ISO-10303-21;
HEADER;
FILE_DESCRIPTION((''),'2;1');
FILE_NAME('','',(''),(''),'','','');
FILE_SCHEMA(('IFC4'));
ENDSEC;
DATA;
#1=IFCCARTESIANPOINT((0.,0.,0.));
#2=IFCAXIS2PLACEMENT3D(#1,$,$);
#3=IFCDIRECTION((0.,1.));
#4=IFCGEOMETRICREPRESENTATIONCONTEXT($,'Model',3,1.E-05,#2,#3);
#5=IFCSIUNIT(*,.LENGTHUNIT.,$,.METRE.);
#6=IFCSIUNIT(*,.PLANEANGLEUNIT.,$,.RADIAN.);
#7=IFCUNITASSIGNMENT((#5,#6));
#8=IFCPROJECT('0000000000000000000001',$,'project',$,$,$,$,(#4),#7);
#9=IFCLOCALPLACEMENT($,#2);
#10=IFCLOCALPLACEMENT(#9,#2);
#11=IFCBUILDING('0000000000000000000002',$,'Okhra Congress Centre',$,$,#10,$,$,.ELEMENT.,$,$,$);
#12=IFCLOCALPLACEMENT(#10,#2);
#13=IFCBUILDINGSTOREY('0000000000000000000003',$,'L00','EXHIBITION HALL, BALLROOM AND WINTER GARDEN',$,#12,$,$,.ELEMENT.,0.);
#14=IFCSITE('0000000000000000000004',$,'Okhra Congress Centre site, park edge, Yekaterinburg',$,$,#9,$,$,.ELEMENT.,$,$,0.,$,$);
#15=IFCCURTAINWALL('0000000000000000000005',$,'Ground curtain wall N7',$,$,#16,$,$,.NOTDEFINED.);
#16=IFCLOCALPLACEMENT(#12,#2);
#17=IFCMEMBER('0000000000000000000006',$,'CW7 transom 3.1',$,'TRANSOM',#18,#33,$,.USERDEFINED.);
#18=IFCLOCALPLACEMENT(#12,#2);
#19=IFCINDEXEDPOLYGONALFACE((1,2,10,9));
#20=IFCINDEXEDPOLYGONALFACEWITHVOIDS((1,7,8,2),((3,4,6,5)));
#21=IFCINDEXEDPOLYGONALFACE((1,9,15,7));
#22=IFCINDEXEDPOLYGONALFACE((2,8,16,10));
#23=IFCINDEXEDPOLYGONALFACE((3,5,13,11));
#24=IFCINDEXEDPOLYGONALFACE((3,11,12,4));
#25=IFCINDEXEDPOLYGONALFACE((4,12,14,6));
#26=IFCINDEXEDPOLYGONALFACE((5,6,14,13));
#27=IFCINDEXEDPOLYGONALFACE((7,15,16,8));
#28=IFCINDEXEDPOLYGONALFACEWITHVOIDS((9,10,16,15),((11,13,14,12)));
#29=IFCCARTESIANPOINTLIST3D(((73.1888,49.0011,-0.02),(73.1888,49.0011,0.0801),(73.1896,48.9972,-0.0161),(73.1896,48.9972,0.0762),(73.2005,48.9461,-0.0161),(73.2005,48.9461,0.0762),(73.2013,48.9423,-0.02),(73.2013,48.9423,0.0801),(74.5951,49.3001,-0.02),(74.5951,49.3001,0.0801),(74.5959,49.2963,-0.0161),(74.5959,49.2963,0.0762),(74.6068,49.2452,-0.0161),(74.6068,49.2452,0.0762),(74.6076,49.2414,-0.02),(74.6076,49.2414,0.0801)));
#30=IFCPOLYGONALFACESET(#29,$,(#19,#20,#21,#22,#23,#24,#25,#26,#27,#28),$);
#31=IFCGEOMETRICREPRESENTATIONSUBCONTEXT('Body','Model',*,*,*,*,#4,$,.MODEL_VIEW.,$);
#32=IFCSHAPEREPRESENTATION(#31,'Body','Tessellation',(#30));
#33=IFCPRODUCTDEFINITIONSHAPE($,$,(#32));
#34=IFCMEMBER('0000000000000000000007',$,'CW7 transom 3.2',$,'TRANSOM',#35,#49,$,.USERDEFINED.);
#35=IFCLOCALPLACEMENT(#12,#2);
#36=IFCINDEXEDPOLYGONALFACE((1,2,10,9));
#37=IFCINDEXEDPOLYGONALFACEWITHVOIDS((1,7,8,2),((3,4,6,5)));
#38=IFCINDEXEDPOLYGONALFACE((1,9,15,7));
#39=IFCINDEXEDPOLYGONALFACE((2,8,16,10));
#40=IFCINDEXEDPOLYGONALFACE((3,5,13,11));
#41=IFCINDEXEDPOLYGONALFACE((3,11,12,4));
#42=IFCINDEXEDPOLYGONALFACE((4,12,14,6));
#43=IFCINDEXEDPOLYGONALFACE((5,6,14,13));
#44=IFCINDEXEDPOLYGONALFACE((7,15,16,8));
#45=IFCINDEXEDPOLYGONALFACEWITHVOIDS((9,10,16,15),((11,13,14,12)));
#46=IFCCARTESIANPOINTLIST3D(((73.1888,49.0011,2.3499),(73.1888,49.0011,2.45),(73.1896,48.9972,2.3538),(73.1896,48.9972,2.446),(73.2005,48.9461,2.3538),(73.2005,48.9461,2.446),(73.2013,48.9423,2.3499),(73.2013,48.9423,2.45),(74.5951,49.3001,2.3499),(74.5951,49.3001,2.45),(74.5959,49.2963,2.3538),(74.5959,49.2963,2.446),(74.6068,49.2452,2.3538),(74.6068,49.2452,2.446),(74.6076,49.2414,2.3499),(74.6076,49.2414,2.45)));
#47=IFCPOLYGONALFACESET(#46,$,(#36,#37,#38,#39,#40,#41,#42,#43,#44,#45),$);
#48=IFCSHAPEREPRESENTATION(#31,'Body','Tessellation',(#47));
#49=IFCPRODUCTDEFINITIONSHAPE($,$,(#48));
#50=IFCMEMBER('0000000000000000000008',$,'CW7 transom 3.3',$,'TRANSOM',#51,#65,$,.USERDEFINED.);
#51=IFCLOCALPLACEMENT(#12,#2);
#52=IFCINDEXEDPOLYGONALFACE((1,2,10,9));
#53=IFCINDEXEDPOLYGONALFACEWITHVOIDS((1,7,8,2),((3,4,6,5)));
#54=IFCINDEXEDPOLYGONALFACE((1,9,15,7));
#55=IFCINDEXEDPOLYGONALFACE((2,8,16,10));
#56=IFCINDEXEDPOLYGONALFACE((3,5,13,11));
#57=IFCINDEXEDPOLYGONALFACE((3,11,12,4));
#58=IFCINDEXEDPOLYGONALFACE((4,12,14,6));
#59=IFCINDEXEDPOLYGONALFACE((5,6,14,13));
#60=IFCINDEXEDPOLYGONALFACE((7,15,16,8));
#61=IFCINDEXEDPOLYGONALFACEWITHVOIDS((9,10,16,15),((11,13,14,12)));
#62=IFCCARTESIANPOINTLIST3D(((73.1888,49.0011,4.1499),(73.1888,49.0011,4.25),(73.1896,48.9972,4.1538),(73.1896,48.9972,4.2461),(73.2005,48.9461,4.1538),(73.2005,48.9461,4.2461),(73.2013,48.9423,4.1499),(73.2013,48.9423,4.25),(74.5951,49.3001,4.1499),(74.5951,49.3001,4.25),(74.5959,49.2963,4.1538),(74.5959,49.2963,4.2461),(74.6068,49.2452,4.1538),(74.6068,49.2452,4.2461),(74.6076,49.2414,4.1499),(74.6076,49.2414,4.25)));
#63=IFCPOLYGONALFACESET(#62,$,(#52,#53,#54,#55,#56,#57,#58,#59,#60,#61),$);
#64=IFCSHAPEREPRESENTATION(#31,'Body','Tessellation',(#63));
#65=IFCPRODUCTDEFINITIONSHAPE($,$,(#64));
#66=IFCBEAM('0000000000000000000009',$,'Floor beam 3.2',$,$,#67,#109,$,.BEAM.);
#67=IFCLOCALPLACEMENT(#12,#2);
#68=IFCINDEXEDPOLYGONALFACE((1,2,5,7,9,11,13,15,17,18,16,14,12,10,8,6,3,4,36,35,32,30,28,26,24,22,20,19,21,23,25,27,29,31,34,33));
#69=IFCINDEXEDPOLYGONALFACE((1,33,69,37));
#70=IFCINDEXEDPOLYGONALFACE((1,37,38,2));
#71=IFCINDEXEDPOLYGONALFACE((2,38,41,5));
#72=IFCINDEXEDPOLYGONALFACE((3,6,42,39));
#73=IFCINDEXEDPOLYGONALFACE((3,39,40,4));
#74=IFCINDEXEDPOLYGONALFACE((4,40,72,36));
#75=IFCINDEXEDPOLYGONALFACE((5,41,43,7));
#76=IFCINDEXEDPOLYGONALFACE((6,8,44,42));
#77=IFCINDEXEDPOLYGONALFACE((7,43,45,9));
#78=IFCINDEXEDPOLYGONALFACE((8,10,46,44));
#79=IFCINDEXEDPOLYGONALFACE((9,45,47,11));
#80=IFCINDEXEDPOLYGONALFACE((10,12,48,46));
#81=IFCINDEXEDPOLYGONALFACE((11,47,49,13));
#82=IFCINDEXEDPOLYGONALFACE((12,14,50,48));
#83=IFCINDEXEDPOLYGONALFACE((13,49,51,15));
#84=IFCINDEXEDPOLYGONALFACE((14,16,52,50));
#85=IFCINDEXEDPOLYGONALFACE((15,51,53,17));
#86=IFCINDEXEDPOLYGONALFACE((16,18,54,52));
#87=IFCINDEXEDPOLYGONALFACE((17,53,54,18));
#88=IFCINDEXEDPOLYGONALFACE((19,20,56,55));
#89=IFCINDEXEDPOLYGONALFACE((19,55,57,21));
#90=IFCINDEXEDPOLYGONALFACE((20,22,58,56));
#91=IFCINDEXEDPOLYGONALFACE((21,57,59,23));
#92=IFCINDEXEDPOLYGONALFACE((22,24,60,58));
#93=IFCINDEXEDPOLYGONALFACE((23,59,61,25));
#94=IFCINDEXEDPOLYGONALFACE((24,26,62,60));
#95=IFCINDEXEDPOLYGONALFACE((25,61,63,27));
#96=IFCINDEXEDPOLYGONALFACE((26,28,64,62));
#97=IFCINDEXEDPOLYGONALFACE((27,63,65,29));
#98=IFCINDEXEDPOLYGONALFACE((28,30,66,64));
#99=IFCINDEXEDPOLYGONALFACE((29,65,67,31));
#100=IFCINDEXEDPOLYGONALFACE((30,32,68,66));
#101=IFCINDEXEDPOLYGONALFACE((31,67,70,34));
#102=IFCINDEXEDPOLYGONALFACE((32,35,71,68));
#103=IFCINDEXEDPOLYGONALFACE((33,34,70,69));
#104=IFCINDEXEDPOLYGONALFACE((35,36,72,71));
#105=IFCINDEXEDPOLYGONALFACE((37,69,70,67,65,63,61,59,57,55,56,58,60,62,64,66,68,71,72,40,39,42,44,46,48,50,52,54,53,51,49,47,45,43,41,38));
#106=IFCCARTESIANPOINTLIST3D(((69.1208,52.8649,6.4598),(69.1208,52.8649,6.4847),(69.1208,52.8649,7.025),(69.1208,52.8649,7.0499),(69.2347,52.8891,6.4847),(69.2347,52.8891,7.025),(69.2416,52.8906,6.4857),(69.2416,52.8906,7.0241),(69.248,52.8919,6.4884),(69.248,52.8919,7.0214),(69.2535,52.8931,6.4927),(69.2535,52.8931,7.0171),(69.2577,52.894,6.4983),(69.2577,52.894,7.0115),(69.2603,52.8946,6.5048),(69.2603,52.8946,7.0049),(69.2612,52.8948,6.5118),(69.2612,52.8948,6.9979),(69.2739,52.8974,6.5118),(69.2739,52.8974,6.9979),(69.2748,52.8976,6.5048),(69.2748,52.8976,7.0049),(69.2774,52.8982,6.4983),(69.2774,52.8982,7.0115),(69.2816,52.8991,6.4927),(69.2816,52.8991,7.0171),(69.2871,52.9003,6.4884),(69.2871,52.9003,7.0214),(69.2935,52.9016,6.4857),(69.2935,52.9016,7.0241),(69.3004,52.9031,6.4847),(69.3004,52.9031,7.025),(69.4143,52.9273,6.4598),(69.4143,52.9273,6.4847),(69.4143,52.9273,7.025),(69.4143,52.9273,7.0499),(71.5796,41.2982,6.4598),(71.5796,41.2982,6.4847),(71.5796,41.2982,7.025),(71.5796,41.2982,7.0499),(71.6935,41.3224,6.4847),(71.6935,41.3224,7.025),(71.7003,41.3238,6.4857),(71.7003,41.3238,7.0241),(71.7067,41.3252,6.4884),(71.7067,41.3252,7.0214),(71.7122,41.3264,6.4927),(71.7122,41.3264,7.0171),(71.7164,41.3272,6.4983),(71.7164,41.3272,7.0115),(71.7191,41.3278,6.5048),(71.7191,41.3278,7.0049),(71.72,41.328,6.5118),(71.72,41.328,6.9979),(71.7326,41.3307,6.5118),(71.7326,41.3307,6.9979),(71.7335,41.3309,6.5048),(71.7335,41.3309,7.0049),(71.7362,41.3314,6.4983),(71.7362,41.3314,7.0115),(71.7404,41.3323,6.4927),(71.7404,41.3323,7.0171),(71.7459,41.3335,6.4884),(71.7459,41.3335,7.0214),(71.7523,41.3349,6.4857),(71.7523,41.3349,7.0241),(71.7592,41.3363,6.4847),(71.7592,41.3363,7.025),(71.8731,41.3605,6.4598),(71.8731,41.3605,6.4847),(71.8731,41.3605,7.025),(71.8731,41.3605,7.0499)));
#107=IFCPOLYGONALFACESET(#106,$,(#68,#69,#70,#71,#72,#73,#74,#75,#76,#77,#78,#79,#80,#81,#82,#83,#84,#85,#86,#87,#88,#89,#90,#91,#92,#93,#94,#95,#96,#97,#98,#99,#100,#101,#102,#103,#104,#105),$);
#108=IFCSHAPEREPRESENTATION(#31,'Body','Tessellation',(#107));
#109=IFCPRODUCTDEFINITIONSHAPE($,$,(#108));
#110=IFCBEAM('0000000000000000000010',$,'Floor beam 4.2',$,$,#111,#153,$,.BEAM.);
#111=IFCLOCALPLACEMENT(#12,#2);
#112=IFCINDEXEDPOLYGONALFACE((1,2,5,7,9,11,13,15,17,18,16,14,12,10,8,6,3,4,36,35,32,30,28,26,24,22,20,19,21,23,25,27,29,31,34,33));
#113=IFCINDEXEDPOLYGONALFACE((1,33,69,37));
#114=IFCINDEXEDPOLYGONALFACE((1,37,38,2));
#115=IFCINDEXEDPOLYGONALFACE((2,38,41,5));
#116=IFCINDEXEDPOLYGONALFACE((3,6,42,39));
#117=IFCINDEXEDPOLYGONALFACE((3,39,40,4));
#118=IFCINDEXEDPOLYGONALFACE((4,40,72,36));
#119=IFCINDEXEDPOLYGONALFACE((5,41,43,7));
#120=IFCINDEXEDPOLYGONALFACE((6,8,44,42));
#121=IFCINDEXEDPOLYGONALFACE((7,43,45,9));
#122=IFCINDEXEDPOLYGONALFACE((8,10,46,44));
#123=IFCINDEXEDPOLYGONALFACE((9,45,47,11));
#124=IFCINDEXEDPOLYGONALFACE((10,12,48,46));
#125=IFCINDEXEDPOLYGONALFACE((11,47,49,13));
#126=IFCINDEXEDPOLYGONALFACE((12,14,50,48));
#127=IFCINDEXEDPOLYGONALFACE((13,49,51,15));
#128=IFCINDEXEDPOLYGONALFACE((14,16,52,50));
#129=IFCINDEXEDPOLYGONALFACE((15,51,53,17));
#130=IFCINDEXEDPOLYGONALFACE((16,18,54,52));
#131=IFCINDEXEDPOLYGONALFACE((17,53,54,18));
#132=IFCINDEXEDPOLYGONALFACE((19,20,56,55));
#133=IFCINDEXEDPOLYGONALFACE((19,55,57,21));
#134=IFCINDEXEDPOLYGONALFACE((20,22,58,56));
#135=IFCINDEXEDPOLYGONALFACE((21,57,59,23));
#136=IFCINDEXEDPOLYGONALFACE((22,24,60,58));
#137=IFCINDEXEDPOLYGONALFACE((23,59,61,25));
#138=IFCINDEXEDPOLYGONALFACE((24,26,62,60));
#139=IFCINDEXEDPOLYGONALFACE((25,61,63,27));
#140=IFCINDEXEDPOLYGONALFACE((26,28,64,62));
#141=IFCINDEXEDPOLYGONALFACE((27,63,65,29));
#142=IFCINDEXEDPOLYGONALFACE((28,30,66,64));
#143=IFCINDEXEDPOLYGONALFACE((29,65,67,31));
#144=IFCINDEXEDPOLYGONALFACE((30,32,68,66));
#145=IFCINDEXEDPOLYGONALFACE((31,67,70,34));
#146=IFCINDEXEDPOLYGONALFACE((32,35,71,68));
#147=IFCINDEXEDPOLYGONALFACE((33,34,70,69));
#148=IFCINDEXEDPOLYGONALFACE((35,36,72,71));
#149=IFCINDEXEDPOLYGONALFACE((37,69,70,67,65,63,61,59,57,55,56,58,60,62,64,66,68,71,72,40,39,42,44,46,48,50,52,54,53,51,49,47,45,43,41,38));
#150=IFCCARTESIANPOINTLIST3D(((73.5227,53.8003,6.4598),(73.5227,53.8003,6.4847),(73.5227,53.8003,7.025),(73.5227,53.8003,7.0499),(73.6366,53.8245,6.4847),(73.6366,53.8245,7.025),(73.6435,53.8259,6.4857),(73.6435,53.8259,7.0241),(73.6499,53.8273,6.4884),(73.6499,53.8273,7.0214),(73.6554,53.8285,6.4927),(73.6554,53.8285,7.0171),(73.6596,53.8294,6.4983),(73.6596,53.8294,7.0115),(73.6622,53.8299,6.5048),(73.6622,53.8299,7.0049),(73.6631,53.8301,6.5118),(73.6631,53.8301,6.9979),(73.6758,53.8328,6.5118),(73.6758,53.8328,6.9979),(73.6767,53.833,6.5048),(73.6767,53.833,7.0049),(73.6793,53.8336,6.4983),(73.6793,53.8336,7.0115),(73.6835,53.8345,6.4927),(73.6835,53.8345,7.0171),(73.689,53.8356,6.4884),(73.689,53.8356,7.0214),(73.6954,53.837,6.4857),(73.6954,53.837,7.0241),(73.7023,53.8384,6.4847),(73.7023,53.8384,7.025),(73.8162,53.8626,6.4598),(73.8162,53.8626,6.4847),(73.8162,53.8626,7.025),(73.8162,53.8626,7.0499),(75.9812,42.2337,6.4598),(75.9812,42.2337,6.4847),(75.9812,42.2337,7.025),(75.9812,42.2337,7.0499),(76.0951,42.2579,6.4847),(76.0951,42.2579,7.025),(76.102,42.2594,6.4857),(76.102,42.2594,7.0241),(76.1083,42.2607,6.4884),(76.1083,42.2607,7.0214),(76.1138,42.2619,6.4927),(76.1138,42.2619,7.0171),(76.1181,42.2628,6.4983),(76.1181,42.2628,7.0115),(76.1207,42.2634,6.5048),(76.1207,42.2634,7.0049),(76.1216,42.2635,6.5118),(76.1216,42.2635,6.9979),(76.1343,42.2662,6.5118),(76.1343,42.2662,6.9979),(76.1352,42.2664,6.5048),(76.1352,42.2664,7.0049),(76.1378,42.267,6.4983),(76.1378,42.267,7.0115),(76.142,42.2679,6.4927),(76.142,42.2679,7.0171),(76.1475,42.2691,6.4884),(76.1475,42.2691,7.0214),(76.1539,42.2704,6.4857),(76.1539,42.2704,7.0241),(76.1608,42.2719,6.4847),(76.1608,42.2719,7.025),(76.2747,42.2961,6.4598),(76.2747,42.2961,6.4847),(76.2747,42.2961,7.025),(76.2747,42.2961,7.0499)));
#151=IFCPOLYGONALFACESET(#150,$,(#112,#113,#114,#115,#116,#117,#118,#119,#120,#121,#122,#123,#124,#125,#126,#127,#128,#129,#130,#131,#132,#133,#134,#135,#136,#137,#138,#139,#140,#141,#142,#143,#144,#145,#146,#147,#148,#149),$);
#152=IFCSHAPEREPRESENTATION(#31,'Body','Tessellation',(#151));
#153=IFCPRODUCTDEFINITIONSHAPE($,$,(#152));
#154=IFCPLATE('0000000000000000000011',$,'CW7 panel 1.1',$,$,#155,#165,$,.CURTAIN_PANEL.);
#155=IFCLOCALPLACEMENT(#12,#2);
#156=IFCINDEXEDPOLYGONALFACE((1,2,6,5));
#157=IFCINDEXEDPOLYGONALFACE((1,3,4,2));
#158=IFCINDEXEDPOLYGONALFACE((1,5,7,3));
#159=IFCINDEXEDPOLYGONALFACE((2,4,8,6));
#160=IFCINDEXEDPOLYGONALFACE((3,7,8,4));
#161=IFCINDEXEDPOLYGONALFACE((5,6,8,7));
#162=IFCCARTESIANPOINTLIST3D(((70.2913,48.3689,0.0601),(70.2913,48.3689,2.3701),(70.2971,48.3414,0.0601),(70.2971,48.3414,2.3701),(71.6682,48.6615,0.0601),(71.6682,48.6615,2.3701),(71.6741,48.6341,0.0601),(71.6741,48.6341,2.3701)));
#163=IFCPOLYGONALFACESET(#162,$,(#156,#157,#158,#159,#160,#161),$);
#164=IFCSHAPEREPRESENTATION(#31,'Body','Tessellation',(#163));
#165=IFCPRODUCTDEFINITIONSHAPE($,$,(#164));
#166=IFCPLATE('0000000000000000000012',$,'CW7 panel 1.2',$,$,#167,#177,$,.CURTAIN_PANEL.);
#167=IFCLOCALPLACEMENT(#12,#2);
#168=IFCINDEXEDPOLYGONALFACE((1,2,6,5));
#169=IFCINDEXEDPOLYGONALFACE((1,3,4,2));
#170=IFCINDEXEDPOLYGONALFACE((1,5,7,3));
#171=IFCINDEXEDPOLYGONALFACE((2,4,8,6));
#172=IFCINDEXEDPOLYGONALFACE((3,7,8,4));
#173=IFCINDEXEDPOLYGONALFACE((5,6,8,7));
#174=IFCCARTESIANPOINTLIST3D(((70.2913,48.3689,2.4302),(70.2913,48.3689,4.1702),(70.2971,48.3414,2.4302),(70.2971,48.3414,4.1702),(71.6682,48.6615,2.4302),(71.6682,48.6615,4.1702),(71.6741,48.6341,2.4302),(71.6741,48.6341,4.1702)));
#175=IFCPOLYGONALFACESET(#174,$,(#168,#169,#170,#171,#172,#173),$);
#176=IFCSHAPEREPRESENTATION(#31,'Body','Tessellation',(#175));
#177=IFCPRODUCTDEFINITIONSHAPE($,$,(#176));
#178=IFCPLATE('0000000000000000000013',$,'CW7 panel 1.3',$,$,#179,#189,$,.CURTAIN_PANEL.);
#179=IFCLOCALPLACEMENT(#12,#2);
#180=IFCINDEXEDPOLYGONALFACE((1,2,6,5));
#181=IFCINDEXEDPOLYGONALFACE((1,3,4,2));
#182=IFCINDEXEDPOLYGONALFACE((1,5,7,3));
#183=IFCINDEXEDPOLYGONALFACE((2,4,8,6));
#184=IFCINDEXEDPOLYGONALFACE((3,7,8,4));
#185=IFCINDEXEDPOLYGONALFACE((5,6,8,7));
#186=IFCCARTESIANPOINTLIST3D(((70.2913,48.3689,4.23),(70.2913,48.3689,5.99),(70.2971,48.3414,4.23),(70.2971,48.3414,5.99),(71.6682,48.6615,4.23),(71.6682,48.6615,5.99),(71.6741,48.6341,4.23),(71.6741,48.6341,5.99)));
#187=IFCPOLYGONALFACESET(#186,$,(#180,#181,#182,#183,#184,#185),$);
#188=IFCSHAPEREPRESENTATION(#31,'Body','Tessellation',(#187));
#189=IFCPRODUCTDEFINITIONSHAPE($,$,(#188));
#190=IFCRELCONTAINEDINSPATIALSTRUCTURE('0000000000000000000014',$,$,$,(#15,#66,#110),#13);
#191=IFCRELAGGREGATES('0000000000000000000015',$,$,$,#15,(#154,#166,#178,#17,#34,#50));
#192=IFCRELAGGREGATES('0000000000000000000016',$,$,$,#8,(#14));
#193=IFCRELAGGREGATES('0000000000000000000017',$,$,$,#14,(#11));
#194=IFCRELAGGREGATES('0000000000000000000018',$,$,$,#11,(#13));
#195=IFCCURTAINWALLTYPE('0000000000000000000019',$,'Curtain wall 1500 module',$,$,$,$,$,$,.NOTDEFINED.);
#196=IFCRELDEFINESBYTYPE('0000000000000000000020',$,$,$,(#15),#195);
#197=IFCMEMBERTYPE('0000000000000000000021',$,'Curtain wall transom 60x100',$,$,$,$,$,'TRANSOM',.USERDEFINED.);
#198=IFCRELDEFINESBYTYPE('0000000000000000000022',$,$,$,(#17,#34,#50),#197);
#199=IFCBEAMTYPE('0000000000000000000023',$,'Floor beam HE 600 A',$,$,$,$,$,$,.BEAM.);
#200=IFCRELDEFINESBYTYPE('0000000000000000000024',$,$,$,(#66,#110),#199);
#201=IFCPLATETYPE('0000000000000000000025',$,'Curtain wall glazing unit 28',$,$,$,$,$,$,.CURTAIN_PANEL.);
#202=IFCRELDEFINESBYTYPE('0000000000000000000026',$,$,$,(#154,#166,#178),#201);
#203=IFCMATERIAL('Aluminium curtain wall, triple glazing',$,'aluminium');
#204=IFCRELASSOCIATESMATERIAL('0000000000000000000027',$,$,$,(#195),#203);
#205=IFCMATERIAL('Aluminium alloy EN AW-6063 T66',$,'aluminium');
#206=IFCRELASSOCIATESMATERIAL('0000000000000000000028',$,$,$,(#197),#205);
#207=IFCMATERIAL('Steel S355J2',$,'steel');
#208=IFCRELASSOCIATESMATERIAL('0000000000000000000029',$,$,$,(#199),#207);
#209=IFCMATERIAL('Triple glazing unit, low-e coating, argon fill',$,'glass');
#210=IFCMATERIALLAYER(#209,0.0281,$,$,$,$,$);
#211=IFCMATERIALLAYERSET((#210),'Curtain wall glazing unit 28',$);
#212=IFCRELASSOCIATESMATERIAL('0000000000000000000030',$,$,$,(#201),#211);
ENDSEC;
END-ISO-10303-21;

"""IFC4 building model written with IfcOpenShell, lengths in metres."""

from ifc_helpers import new_model, si_unit, direction, frame, origin, origin_2d, place, context, subcontext, project, spatial, rectangle, hollow_rectangle, i_section, extrude, material, layer, layer_set, material_profile, profile_set, type_object, element, aggregate, save


model = new_model("IFC4")

# Units and contexts
model_context = context("Model", 3, precision=1e-05, world=origin(), true_north=direction((0.0, 1.0)))
body_context = subcontext(model_context, "Body", "Model", "MODEL_VIEW")
ifc_project = project(units=[si_unit("LENGTHUNIT", "METRE"), si_unit("PLANEANGLEUNIT", "RADIAN")], contexts=[model_context])

# Site, building, storey
site_placement = place(None, origin())
site = spatial("IfcSite", under=ifc_project, at=site_placement, Name="Okhra Congress Centre site, park edge, Yekaterinburg", CompositionType="ELEMENT", RefElevation=0.0)
building_placement = place(site_placement, origin())
building = spatial("IfcBuilding", under=site, at=building_placement, Name="Okhra Congress Centre", CompositionType="ELEMENT")
storey_placement = place(building_placement, origin())
storey = spatial("IfcBuildingStorey", under=building, at=storey_placement, Name="L00", Description="EXHIBITION HALL, BALLROOM AND WINTER GARDEN", CompositionType="ELEMENT", Elevation=0.0)

# Curtain wall, members
ifc_material_1 = material(Name="Aluminium curtain wall, triple glazing", Category="aluminium")
curtain_wall_type = type_object("IfcCurtainWallType", Name="Curtain wall 1500 module", PredefinedType="NOTDEFINED", material=ifc_material_1)
curtain_wall_placement = place(storey_placement, origin())
curtain_wall = element("IfcCurtainWall", 1, at=curtain_wall_placement, inside=storey, type_object=curtain_wall_type, Name="Ground curtain wall N7", PredefinedType="NOTDEFINED")
ifc_material_2 = material(Name="Aluminium alloy EN AW-6063 T66", Category="aluminium")
ifc_material_profile_1 = material_profile(ifc_material_2, hollow_rectangle(XDim=0.0601, YDim=0.1001, WallThickness=0.0039, at=origin_2d()), Name="RHS 60x100x4")
ifc_profile_set_1 = profile_set([ifc_material_profile_1], Name="Aluminium alloy EN AW-6063 T66")
member_type_1 = type_object("IfcMemberType", Name="Curtain wall transom 60x100", ElementType="TRANSOM", PredefinedType="USERDEFINED", material=ifc_profile_set_1)
member_1_placement = place(storey_placement, frame((73.1951, 48.9717, 0.03), z_axis=(0.978124, 0.208021, 0.0), x_axis=(-0.208021, 0.978124, 0.0)))
member_1 = element("IfcMember", 2, at=member_1_placement, type_object=member_type_1, Name="CW7 transom 3.1", ObjectType="TRANSOM", PredefinedType="USERDEFINED", context=body_context, shape_type="SweptSolid", body=[
    extrude(hollow_rectangle(XDim=0.0601, YDim=0.1001, WallThickness=0.0039, at=origin_2d()), origin(), (0.0, 0.0, 1.0), 1.4377),
])
member_2_placement = place(storey_placement, frame((73.1951, 48.9717, 2.3999), z_axis=(0.978124, 0.208021, 0.0), x_axis=(-0.208021, 0.978124, 0.0)))
member_2 = element("IfcMember", 3, at=member_2_placement, type_object=member_type_1, Name="CW7 transom 3.2", ObjectType="TRANSOM", PredefinedType="USERDEFINED", context=body_context, shape_type="SweptSolid", body=[
    extrude(hollow_rectangle(XDim=0.0601, YDim=0.1001, WallThickness=0.0039, at=origin_2d()), origin(), (0.0, 0.0, 1.0), 1.4377),
])
member_3_placement = place(storey_placement, frame((73.1951, 48.9717, 4.2), z_axis=(0.978124, 0.208021, 0.0), x_axis=(-0.208021, 0.978124, 0.0)))
member_3 = element("IfcMember", 4, at=member_3_placement, type_object=member_type_1, Name="CW7 transom 3.3", ObjectType="TRANSOM", PredefinedType="USERDEFINED", context=body_context, shape_type="SweptSolid", body=[
    extrude(hollow_rectangle(XDim=0.0601, YDim=0.1001, WallThickness=0.0039, at=origin_2d()), origin(), (0.0, 0.0, 1.0), 1.4377),
])

# Beams
ifc_material_3 = material(Name="Steel S355J2", Category="steel")
ifc_material_profile_2 = material_profile(ifc_material_3, i_section(OverallWidth=0.3, OverallDepth=0.5901, WebThickness=0.0129, FlangeThickness=0.0249, FilletRadius=0.0271, at=origin_2d()), Name="HE 600 A")
ifc_profile_set_2 = profile_set([ifc_material_profile_2], Name="Steel S355J2")
beam_type = type_object("IfcBeamType", Name="Floor beam HE 600 A", PredefinedType="BEAM", material=ifc_profile_set_2)
beam_1_placement = place(storey_placement, frame((71.7263, 41.3293, 6.7549), z_axis=(-0.207926, 0.978145, 0.0), x_axis=(-0.978145, -0.207926, 0.0)))
element("IfcBeam", 5, at=beam_1_placement, inside=storey, type_object=beam_type, Name="Floor beam 3.2", PredefinedType="BEAM", context=body_context, shape_type="SweptSolid", body=[
    extrude(i_section(OverallWidth=0.3, OverallDepth=0.5901, WebThickness=0.0129, FlangeThickness=0.0249, FilletRadius=0.0271, at=origin_2d()), origin(), (0.0, 0.0, 1.0), 11.8252),
])
beam_2_placement = place(storey_placement, frame((76.1279, 42.2649, 6.7549), z_axis=(-0.207906, 0.978149, 0.0), x_axis=(-0.978149, -0.207906, 0.0)))
element("IfcBeam", 6, at=beam_2_placement, inside=storey, type_object=beam_type, Name="Floor beam 4.2", PredefinedType="BEAM", context=body_context, shape_type="SweptSolid", body=[
    extrude(i_section(OverallWidth=0.3, OverallDepth=0.5901, WebThickness=0.0129, FlangeThickness=0.0249, FilletRadius=0.0271, at=origin_2d()), origin(), (0.0, 0.0, 1.0), 11.825),
])

# Plates
ifc_material_4 = material(Name="Triple glazing unit, low-e coating, argon fill", Category="glass")
ifc_layer_1 = layer(ifc_material_4, 0.0281)
ifc_layer_set_1 = layer_set([ifc_layer_1], Name="Curtain wall glazing unit 28")
plate_type = type_object("IfcPlateType", Name="Curtain wall glazing unit 28", PredefinedType="CURTAIN_PANEL", material=ifc_layer_set_1)
plate_1_placement = place(storey_placement, frame((70.9827, 48.5015, 0.0601), z_axis=(0.0, 0.0, 1.0), x_axis=(0.978148, 0.207912, 0.0)))
plate_1 = element("IfcPlate", 7, at=plate_1_placement, type_object=plate_type, Name="CW7 panel 1.1", PredefinedType="CURTAIN_PANEL", context=body_context, shape_type="SweptSolid", body=[
    extrude(rectangle(XDim=1.4077, YDim=0.0281, at=origin_2d()), origin(), (0.0, 0.0, 1.0), 2.3101),
])
plate_2_placement = place(storey_placement, frame((70.9827, 48.5015, 2.4302), z_axis=(0.0, 0.0, 1.0), x_axis=(0.978148, 0.207912, 0.0)))
plate_2 = element("IfcPlate", 8, at=plate_2_placement, type_object=plate_type, Name="CW7 panel 1.2", PredefinedType="CURTAIN_PANEL", context=body_context, shape_type="SweptSolid", body=[
    extrude(rectangle(XDim=1.4077, YDim=0.0281, at=origin_2d()), origin(), (0.0, 0.0, 1.0), 1.74),
])
plate_3_placement = place(storey_placement, frame((70.9827, 48.5015, 4.23), z_axis=(0.0, 0.0, 1.0), x_axis=(0.978148, 0.207912, 0.0)))
plate_3 = element("IfcPlate", 9, at=plate_3_placement, type_object=plate_type, Name="CW7 panel 1.3", PredefinedType="CURTAIN_PANEL", context=body_context, shape_type="SweptSolid", body=[
    extrude(rectangle(XDim=1.4077, YDim=0.0281, at=origin_2d()), origin(), (0.0, 0.0, 1.0), 1.76),
])
aggregate(curtain_wall, [plate_1, plate_2, plate_3, member_1, member_2, member_3])

save(model, "model.ifc")
